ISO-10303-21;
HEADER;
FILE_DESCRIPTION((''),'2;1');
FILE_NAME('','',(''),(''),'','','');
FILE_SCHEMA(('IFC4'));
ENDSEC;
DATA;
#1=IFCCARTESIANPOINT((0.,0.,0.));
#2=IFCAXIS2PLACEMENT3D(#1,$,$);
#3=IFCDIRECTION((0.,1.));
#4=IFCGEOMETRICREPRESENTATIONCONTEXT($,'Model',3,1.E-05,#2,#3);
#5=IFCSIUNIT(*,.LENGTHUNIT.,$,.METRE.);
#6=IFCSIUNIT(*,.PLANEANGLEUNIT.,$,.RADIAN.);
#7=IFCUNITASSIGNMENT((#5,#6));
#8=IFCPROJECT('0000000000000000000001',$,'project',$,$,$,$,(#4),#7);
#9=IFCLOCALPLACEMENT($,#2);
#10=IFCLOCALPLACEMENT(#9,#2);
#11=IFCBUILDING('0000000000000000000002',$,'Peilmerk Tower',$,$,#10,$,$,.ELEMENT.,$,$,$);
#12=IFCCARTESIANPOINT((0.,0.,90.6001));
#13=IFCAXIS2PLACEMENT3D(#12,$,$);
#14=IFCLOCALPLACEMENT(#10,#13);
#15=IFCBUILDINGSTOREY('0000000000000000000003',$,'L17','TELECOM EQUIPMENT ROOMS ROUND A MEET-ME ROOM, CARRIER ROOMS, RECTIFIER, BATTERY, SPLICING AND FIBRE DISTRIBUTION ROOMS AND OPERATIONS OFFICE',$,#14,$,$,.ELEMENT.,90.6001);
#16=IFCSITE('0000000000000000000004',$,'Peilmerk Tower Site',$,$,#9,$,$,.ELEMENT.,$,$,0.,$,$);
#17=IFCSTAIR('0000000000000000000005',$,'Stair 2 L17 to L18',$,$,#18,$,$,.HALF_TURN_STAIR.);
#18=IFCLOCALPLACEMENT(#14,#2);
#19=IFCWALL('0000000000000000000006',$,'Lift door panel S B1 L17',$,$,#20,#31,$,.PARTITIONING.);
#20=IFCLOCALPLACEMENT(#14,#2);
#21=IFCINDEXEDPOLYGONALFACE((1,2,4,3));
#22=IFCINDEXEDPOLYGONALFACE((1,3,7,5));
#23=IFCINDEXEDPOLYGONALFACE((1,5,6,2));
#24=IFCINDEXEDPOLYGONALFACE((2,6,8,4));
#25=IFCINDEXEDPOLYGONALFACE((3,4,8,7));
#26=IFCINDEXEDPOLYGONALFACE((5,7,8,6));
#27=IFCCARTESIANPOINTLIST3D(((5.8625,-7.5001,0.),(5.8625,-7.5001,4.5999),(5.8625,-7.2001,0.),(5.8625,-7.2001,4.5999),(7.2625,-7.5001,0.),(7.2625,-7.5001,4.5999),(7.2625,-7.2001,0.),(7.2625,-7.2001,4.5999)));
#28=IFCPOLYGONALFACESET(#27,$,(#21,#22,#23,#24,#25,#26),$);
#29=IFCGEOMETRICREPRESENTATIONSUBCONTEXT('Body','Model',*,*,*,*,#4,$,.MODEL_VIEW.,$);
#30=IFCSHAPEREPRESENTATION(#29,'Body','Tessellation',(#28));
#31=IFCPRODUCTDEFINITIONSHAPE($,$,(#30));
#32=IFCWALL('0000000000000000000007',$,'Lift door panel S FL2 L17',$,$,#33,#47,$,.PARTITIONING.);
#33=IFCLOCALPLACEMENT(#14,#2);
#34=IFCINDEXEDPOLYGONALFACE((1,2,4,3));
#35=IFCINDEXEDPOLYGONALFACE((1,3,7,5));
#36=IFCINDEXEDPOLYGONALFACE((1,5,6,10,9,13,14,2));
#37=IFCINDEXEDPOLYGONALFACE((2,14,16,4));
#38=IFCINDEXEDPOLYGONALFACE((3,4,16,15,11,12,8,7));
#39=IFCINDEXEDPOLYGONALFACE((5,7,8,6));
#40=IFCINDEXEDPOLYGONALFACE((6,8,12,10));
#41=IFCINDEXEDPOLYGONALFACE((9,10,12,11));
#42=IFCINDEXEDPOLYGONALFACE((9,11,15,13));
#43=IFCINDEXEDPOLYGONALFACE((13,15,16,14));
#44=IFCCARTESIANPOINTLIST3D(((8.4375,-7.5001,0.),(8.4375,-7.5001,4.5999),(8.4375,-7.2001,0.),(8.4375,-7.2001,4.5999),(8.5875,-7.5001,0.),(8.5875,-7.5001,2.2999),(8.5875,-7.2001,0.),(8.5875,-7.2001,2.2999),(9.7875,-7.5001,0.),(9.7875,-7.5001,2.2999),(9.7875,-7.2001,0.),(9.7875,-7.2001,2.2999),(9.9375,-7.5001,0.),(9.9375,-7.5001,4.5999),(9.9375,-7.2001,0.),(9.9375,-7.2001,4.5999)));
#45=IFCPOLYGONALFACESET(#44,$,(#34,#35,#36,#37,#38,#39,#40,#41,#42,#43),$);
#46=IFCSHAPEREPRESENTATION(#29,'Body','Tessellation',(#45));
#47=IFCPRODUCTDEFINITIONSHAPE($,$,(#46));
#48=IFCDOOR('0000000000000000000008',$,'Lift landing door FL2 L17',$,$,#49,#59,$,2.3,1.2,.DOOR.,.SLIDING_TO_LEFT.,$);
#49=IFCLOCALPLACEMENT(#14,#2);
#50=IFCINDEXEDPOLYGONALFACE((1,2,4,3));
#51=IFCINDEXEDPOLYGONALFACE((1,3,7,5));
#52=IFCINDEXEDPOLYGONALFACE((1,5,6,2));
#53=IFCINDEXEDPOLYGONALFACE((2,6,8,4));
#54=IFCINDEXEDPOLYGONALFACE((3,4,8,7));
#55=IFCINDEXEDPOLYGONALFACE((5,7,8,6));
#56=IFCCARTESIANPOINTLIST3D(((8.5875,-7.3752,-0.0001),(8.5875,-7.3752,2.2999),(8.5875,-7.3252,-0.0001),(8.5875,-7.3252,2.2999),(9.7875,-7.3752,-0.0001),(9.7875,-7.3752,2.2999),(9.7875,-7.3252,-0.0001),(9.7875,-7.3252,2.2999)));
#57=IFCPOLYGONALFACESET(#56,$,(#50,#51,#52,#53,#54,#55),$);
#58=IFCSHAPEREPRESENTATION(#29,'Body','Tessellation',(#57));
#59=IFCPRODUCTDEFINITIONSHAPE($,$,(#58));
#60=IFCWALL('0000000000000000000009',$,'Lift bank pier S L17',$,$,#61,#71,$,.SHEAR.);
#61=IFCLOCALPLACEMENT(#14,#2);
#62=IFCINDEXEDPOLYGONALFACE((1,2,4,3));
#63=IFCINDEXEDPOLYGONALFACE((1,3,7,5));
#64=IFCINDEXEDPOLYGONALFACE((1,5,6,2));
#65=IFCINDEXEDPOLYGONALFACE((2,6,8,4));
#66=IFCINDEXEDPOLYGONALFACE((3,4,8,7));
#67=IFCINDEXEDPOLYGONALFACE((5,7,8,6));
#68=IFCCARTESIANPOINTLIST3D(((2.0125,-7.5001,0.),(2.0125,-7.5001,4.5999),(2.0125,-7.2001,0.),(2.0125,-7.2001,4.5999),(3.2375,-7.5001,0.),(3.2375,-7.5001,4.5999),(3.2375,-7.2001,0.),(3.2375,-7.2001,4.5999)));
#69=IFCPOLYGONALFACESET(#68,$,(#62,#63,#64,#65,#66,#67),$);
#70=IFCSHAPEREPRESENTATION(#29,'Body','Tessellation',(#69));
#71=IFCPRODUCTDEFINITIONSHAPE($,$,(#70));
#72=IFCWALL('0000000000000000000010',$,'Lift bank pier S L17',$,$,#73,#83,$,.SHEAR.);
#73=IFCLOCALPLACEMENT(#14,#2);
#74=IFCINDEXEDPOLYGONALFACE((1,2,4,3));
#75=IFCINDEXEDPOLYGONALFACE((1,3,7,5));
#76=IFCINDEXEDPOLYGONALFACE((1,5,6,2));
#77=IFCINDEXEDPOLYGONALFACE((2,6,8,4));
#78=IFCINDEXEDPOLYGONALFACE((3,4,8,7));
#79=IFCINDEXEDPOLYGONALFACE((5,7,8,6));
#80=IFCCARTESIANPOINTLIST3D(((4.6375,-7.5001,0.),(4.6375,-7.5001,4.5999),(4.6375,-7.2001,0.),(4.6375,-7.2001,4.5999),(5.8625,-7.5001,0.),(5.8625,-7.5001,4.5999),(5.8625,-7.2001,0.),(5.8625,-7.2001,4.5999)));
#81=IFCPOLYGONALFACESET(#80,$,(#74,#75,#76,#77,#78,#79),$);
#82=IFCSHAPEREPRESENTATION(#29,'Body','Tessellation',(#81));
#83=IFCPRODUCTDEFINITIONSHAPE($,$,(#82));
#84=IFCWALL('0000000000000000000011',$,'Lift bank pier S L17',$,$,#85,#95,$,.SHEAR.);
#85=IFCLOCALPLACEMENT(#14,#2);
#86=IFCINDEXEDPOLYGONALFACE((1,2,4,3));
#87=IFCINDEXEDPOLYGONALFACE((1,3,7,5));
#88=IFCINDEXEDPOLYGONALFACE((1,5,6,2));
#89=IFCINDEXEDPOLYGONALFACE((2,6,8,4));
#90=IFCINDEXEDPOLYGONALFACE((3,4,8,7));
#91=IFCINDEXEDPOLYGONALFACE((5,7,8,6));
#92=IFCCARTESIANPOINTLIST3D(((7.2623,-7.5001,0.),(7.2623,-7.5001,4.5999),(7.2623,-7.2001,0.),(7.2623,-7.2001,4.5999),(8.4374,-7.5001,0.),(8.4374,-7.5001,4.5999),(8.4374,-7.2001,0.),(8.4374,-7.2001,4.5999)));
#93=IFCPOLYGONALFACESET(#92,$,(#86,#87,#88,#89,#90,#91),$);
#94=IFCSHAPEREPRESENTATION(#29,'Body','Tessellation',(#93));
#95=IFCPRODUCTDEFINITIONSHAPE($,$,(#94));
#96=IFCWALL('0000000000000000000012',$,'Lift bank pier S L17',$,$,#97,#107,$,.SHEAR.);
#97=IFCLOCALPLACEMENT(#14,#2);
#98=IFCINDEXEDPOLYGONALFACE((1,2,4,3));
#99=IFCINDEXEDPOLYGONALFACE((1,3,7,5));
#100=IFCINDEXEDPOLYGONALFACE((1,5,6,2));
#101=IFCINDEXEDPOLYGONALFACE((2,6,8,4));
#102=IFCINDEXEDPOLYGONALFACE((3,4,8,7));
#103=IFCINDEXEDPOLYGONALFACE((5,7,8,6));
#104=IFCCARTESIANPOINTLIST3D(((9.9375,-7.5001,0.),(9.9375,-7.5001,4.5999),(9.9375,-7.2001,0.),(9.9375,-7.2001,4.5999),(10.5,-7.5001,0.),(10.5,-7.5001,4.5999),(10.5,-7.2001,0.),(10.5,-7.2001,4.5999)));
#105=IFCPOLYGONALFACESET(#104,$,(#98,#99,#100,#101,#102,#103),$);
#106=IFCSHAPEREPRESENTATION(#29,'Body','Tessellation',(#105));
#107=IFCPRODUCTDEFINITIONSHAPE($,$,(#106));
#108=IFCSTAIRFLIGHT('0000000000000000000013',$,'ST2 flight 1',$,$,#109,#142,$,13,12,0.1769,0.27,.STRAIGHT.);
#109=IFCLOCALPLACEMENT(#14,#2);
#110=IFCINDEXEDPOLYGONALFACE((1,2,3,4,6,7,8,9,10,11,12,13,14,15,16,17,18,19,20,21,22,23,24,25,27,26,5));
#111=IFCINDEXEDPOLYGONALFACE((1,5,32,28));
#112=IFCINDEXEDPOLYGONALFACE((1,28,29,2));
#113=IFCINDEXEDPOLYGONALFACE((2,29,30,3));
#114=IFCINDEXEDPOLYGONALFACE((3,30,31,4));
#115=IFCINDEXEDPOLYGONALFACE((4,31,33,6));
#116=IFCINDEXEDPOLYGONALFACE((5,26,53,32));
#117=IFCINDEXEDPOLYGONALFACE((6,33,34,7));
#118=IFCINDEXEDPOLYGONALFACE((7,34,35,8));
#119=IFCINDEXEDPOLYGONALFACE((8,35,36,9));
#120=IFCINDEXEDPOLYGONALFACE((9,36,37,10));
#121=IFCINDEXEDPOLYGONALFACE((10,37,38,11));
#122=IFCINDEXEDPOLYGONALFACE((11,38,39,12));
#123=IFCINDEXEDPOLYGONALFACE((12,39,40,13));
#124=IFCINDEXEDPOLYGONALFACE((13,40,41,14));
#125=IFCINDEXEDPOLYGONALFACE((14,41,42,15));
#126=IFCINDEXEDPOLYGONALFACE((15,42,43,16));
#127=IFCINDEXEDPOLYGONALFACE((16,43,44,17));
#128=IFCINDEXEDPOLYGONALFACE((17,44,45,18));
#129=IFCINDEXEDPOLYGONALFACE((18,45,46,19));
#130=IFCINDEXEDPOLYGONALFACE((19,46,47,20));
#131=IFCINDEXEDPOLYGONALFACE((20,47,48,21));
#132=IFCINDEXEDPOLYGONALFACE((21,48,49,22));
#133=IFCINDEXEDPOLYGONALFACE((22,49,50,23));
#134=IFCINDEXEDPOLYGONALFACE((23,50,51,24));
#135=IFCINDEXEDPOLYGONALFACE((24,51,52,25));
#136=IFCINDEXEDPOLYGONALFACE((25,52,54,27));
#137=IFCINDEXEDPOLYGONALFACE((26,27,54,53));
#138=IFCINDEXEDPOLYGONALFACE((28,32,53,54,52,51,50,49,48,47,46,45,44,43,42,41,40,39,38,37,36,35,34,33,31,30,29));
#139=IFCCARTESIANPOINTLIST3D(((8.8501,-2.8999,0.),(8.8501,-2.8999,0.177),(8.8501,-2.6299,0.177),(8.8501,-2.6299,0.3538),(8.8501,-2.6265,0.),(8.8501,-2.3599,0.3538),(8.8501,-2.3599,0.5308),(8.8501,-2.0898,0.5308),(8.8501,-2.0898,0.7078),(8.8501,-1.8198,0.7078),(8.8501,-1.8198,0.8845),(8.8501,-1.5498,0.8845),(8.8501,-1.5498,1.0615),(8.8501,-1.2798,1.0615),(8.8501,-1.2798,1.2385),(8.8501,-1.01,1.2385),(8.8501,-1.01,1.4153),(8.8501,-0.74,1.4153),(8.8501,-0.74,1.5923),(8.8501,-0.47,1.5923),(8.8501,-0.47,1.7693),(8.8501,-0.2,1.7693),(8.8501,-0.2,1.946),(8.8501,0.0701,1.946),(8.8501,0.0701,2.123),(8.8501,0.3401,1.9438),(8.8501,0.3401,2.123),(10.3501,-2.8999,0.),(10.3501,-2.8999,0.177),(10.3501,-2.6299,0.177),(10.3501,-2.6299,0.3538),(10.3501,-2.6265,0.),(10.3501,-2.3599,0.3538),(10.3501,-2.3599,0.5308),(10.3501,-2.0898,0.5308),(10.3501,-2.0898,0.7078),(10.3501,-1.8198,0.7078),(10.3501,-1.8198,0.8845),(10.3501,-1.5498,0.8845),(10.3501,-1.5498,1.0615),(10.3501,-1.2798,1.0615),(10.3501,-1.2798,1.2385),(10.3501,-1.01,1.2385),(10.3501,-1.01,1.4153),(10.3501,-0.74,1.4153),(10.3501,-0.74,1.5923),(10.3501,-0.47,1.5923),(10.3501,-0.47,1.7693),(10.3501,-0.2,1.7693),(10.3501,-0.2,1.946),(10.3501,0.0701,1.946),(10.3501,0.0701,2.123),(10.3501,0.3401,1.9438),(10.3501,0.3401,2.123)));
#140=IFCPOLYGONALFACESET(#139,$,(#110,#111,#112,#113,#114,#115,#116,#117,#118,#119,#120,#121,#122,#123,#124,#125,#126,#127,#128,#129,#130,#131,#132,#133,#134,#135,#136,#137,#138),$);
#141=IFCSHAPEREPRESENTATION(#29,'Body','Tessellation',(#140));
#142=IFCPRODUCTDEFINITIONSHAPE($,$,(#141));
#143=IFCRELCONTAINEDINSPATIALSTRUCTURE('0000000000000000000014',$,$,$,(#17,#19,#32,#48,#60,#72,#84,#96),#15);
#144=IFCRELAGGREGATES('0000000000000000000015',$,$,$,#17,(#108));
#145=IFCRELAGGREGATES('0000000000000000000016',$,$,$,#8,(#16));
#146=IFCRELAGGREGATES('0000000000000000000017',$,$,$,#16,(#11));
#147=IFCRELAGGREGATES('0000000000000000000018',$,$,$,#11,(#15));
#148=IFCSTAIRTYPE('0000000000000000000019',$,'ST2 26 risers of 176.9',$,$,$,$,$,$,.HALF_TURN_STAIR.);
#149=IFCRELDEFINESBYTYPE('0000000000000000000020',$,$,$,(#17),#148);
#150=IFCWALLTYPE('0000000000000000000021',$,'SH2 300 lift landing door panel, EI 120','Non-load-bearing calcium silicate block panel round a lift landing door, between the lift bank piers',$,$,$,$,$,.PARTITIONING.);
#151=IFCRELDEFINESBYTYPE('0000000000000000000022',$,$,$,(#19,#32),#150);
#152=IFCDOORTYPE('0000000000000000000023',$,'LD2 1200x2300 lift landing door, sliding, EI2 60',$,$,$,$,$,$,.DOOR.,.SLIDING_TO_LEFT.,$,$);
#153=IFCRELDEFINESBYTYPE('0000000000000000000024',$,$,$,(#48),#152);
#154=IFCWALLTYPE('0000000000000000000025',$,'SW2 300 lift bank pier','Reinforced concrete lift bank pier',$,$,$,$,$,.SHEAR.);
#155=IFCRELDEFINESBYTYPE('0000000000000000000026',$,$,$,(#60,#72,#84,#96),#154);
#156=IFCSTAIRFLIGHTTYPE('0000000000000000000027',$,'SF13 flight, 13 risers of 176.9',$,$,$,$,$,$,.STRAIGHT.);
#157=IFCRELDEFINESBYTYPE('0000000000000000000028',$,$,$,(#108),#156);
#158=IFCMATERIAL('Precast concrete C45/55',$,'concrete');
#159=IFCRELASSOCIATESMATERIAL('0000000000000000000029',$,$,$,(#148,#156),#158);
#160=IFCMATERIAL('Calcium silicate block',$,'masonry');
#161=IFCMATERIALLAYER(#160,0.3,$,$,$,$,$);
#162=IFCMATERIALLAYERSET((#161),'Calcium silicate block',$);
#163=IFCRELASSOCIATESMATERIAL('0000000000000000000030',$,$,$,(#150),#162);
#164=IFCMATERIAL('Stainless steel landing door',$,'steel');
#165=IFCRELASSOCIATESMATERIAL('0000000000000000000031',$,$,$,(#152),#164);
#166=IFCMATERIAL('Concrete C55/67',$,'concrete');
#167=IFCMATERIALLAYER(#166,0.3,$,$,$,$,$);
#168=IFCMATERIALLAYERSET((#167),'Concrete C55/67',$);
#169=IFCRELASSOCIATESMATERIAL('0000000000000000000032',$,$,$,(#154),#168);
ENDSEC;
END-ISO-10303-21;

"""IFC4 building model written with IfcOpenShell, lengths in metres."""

from ifc_helpers import new_model, si_unit, direction, frame, frame_2d, origin, place, context, subcontext, project, spatial, polyline, rectangle, outline, extrude, material, layer, layer_set, type_object, element, fill, aggregate, save


model = new_model("IFC4")

# Units and contexts
model_context = context("Model", 3, precision=1e-05, world=origin(), true_north=direction((0.0, 1.0)))
body_context = subcontext(model_context, "Body", "Model", "MODEL_VIEW")
ifc_project = project(units=[si_unit("LENGTHUNIT", "METRE"), si_unit("PLANEANGLEUNIT", "RADIAN")], contexts=[model_context])

# Site, building, storey
site_placement = place(None, origin())
site = spatial("IfcSite", under=ifc_project, at=site_placement, Name="Peilmerk Tower Site", CompositionType="ELEMENT", RefElevation=0.0)
building_placement = place(site_placement, origin())
building = spatial("IfcBuilding", under=site, at=building_placement, Name="Peilmerk Tower", CompositionType="ELEMENT")
storey_placement = place(building_placement, frame((0.0, 0.0, 90.6001)))
storey = spatial("IfcBuildingStorey", under=building, at=storey_placement, Name="L17", Description="TELECOM EQUIPMENT ROOMS ROUND A MEET-ME ROOM, CARRIER ROOMS, RECTIFIER, BATTERY, SPLICING AND FIBRE DISTRIBUTION ROOMS AND OPERATIONS OFFICE", CompositionType="ELEMENT", Elevation=90.6001)

# Stair
ifc_material_1 = material(Name="Precast concrete C45/55", Category="concrete")
stair_type_1 = type_object("IfcStairType", Name="ST2 26 risers of 176.9", PredefinedType="HALF_TURN_STAIR", material=ifc_material_1)
stair_1_placement = place(storey_placement, origin())
stair_1 = element("IfcStair", 1, at=stair_1_placement, inside=storey, type_object=stair_type_1, Name="Stair 2 L17 to L18", PredefinedType="HALF_TURN_STAIR")

# Shared definitions
ifc_material_2 = material(Name="Calcium silicate block", Category="masonry")
ifc_layer_1 = layer(ifc_material_2, 0.3)
ifc_layer_set_1 = layer_set([ifc_layer_1], Name="Calcium silicate block")
wall_type_1 = type_object("IfcWallType", Name="SH2 300 lift landing door panel, EI 120", Description="Non-load-bearing calcium silicate block panel round a lift landing door, between the lift bank piers", PredefinedType="PARTITIONING", material=ifc_layer_set_1)

# Wall
wall_1_placement = place(storey_placement, frame((5.8625, -7.3501, 0.0), z_axis=(0.0, 0.0, 1.0), x_axis=(1.0, 0.0, 0.0)))
element("IfcWall", 2, at=wall_1_placement, inside=storey, type_object=wall_type_1, Name="Lift door panel S B1 L17", PredefinedType="PARTITIONING", context=body_context, shape_type="SweptSolid", body=[
    extrude(rectangle(XDim=1.3999, YDim=0.3, at=frame_2d((0.7, 0.0))), origin(), (0.0, 0.0, 1.0), 4.5999),
])

# Wall, opening, door
wall_2_placement = place(storey_placement, frame((8.4375, -7.3501, 0.0), z_axis=(0.0, 0.0, 1.0), x_axis=(1.0, 0.0, 0.0)))
wall_2 = element("IfcWall", 3, at=wall_2_placement, inside=storey, type_object=wall_type_1, Name="Lift door panel S FL2 L17", PredefinedType="PARTITIONING", context=body_context, shape_type="SweptSolid", body=[
    extrude(rectangle(XDim=1.5, YDim=0.3, at=frame_2d((0.75, 0.0))), origin(), (0.0, 0.0, 1.0), 4.5999),
])
opening_1_placement = place(wall_2_placement, frame((0.1499, 0.0, 0.0)))
opening_1 = element("IfcOpeningElement", 4, at=opening_1_placement, cuts=wall_2, PredefinedType="OPENING", context=body_context, shape_type="SweptSolid", body=[
    extrude(rectangle(XDim=1.2, YDim=2.3, at=frame_2d((0.6001, 1.1499))), frame((0.0, 0.1599, 0.0), z_axis=(0.0, -1.0, 0.0), x_axis=(1.0, 0.0, 0.0)), (0.0, 0.0, 1.0), 0.3201),
])
ifc_material_3 = material(Name="Stainless steel landing door", Category="steel")
door_type_1 = type_object("IfcDoorType", Name="LD2 1200x2300 lift landing door, sliding, EI2 60", OperationType="SLIDING_TO_LEFT", PredefinedType="DOOR", material=ifc_material_3)
door_1_placement = place(opening_1_placement, origin())
door_1 = element("IfcDoor", 5, at=door_1_placement, inside=storey, type_object=door_type_1, Name="Lift landing door FL2 L17", OperationType="SLIDING_TO_LEFT", OverallHeight=2.3, OverallWidth=1.2, PredefinedType="DOOR", context=body_context, shape_type="SweptSolid", body=[
    extrude(rectangle(XDim=1.2, YDim=2.3, at=frame_2d((0.6001, 1.1499))), frame((0.0, 0.0249, 0.0), z_axis=(0.0, -1.0, 0.0), x_axis=(1.0, 0.0, 0.0)), (0.0, 0.0, 1.0), 0.05),
])
fill(opening_1, door_1)

# Walls
ifc_material_4 = material(Name="Concrete C55/67", Category="concrete")
ifc_layer_2 = layer(ifc_material_4, 0.3)
ifc_layer_set_2 = layer_set([ifc_layer_2], Name="Concrete C55/67")
wall_type_2 = type_object("IfcWallType", Name="SW2 300 lift bank pier", Description="Reinforced concrete lift bank pier", PredefinedType="SHEAR", material=ifc_layer_set_2)
for number, where, z_axis, x_axis, name in (
    (6, (2.0125, -7.3501, 0.0), (0.0, 0.0, 1.0), (1.0, 0.0, 0.0), "Lift bank pier S L17"),
    (7, (4.6375, -7.3501, 0.0), (0.0, 0.0, 1.0), (1.0, 0.0, 0.0), "Lift bank pier S L17"),
):
    element("IfcWall", number, at=place(storey_placement, frame(where, z_axis=z_axis, x_axis=x_axis)), inside=storey, type_object=wall_type_2, Name=name, PredefinedType="SHEAR", context=body_context, shape_type="SweptSolid", body=[
        extrude(rectangle(XDim=1.2251, YDim=0.3, at=frame_2d((0.6125, 0.0))), origin(), (0.0, 0.0, 1.0), 4.5999),
    ])
wall_3_placement = place(storey_placement, frame((7.2625, -7.3501, 0.0), z_axis=(0.0, 0.0, 1.0), x_axis=(1.0, 0.0, 0.0)))
element("IfcWall", 8, at=wall_3_placement, inside=storey, type_object=wall_type_2, Name="Lift bank pier S L17", PredefinedType="SHEAR", context=body_context, shape_type="SweptSolid", body=[
    extrude(rectangle(XDim=1.175, YDim=0.3, at=frame_2d((0.5874, 0.0))), origin(), (0.0, 0.0, 1.0), 4.5999),
])
wall_4_placement = place(storey_placement, frame((9.9375, -7.3501, 0.0), z_axis=(0.0, 0.0, 1.0), x_axis=(1.0, 0.0, 0.0)))
element("IfcWall", 9, at=wall_4_placement, inside=storey, type_object=wall_type_2, Name="Lift bank pier S L17", PredefinedType="SHEAR", context=body_context, shape_type="SweptSolid", body=[
    extrude(rectangle(XDim=0.5625, YDim=0.3, at=frame_2d((0.2812, 0.0))), origin(), (0.0, 0.0, 1.0), 4.5999),
])

# Stair flight
stair_flight_type = type_object("IfcStairFlightType", Name="SF13 flight, 13 risers of 176.9", PredefinedType="STRAIGHT", material=ifc_material_1)
stair_flight_placement = place(storey_placement, frame((9.6001, -2.8999, 0.0), z_axis=(0.0, 0.0, 1.0), x_axis=(0.0, 1.0, 0.0)))
stair_flight = element("IfcStairFlight", 10, at=stair_flight_placement, type_object=stair_flight_type, Name="ST2 flight 1", NumberOfRisers=13, NumberOfTreads=12, PredefinedType="STRAIGHT", RiserHeight=0.1769, TreadLength=0.27, context=body_context, shape_type="SweptSolid", body=[
    extrude(outline(polyline([(0.0, 0.0), (0.0, 0.177), (0.27, 0.177), (0.27, 0.3538), (0.54, 0.3538), (0.54, 0.5308), (0.8101, 0.5308), (0.8101, 0.7078), (1.0801, 0.7078), (1.0801, 0.8845), (1.3501, 0.8845), (1.3501, 1.0615), (1.6201, 1.0615), (1.6201, 1.2385), (1.8899, 1.2385), (1.8899, 1.4153), (2.1599, 1.4153), (2.1599, 1.5923), (2.4299, 1.5923), (2.4299, 1.7693), (2.7, 1.7693), (2.7, 1.946), (2.97, 1.946), (2.97, 2.123), (3.24, 2.123), (3.24, 2.3), (3.24, 1.9438), (0.2734, 0.0), (0.0, 0.0)])), frame((0.0, 0.75, 0.0), z_axis=(0.0, -1.0, 0.0), x_axis=(1.0, 0.0, 0.0)), (0.0, 0.0, 1.0), 1.5),
])
aggregate(stair_1, [stair_flight])

save(model, "model.ifc")
